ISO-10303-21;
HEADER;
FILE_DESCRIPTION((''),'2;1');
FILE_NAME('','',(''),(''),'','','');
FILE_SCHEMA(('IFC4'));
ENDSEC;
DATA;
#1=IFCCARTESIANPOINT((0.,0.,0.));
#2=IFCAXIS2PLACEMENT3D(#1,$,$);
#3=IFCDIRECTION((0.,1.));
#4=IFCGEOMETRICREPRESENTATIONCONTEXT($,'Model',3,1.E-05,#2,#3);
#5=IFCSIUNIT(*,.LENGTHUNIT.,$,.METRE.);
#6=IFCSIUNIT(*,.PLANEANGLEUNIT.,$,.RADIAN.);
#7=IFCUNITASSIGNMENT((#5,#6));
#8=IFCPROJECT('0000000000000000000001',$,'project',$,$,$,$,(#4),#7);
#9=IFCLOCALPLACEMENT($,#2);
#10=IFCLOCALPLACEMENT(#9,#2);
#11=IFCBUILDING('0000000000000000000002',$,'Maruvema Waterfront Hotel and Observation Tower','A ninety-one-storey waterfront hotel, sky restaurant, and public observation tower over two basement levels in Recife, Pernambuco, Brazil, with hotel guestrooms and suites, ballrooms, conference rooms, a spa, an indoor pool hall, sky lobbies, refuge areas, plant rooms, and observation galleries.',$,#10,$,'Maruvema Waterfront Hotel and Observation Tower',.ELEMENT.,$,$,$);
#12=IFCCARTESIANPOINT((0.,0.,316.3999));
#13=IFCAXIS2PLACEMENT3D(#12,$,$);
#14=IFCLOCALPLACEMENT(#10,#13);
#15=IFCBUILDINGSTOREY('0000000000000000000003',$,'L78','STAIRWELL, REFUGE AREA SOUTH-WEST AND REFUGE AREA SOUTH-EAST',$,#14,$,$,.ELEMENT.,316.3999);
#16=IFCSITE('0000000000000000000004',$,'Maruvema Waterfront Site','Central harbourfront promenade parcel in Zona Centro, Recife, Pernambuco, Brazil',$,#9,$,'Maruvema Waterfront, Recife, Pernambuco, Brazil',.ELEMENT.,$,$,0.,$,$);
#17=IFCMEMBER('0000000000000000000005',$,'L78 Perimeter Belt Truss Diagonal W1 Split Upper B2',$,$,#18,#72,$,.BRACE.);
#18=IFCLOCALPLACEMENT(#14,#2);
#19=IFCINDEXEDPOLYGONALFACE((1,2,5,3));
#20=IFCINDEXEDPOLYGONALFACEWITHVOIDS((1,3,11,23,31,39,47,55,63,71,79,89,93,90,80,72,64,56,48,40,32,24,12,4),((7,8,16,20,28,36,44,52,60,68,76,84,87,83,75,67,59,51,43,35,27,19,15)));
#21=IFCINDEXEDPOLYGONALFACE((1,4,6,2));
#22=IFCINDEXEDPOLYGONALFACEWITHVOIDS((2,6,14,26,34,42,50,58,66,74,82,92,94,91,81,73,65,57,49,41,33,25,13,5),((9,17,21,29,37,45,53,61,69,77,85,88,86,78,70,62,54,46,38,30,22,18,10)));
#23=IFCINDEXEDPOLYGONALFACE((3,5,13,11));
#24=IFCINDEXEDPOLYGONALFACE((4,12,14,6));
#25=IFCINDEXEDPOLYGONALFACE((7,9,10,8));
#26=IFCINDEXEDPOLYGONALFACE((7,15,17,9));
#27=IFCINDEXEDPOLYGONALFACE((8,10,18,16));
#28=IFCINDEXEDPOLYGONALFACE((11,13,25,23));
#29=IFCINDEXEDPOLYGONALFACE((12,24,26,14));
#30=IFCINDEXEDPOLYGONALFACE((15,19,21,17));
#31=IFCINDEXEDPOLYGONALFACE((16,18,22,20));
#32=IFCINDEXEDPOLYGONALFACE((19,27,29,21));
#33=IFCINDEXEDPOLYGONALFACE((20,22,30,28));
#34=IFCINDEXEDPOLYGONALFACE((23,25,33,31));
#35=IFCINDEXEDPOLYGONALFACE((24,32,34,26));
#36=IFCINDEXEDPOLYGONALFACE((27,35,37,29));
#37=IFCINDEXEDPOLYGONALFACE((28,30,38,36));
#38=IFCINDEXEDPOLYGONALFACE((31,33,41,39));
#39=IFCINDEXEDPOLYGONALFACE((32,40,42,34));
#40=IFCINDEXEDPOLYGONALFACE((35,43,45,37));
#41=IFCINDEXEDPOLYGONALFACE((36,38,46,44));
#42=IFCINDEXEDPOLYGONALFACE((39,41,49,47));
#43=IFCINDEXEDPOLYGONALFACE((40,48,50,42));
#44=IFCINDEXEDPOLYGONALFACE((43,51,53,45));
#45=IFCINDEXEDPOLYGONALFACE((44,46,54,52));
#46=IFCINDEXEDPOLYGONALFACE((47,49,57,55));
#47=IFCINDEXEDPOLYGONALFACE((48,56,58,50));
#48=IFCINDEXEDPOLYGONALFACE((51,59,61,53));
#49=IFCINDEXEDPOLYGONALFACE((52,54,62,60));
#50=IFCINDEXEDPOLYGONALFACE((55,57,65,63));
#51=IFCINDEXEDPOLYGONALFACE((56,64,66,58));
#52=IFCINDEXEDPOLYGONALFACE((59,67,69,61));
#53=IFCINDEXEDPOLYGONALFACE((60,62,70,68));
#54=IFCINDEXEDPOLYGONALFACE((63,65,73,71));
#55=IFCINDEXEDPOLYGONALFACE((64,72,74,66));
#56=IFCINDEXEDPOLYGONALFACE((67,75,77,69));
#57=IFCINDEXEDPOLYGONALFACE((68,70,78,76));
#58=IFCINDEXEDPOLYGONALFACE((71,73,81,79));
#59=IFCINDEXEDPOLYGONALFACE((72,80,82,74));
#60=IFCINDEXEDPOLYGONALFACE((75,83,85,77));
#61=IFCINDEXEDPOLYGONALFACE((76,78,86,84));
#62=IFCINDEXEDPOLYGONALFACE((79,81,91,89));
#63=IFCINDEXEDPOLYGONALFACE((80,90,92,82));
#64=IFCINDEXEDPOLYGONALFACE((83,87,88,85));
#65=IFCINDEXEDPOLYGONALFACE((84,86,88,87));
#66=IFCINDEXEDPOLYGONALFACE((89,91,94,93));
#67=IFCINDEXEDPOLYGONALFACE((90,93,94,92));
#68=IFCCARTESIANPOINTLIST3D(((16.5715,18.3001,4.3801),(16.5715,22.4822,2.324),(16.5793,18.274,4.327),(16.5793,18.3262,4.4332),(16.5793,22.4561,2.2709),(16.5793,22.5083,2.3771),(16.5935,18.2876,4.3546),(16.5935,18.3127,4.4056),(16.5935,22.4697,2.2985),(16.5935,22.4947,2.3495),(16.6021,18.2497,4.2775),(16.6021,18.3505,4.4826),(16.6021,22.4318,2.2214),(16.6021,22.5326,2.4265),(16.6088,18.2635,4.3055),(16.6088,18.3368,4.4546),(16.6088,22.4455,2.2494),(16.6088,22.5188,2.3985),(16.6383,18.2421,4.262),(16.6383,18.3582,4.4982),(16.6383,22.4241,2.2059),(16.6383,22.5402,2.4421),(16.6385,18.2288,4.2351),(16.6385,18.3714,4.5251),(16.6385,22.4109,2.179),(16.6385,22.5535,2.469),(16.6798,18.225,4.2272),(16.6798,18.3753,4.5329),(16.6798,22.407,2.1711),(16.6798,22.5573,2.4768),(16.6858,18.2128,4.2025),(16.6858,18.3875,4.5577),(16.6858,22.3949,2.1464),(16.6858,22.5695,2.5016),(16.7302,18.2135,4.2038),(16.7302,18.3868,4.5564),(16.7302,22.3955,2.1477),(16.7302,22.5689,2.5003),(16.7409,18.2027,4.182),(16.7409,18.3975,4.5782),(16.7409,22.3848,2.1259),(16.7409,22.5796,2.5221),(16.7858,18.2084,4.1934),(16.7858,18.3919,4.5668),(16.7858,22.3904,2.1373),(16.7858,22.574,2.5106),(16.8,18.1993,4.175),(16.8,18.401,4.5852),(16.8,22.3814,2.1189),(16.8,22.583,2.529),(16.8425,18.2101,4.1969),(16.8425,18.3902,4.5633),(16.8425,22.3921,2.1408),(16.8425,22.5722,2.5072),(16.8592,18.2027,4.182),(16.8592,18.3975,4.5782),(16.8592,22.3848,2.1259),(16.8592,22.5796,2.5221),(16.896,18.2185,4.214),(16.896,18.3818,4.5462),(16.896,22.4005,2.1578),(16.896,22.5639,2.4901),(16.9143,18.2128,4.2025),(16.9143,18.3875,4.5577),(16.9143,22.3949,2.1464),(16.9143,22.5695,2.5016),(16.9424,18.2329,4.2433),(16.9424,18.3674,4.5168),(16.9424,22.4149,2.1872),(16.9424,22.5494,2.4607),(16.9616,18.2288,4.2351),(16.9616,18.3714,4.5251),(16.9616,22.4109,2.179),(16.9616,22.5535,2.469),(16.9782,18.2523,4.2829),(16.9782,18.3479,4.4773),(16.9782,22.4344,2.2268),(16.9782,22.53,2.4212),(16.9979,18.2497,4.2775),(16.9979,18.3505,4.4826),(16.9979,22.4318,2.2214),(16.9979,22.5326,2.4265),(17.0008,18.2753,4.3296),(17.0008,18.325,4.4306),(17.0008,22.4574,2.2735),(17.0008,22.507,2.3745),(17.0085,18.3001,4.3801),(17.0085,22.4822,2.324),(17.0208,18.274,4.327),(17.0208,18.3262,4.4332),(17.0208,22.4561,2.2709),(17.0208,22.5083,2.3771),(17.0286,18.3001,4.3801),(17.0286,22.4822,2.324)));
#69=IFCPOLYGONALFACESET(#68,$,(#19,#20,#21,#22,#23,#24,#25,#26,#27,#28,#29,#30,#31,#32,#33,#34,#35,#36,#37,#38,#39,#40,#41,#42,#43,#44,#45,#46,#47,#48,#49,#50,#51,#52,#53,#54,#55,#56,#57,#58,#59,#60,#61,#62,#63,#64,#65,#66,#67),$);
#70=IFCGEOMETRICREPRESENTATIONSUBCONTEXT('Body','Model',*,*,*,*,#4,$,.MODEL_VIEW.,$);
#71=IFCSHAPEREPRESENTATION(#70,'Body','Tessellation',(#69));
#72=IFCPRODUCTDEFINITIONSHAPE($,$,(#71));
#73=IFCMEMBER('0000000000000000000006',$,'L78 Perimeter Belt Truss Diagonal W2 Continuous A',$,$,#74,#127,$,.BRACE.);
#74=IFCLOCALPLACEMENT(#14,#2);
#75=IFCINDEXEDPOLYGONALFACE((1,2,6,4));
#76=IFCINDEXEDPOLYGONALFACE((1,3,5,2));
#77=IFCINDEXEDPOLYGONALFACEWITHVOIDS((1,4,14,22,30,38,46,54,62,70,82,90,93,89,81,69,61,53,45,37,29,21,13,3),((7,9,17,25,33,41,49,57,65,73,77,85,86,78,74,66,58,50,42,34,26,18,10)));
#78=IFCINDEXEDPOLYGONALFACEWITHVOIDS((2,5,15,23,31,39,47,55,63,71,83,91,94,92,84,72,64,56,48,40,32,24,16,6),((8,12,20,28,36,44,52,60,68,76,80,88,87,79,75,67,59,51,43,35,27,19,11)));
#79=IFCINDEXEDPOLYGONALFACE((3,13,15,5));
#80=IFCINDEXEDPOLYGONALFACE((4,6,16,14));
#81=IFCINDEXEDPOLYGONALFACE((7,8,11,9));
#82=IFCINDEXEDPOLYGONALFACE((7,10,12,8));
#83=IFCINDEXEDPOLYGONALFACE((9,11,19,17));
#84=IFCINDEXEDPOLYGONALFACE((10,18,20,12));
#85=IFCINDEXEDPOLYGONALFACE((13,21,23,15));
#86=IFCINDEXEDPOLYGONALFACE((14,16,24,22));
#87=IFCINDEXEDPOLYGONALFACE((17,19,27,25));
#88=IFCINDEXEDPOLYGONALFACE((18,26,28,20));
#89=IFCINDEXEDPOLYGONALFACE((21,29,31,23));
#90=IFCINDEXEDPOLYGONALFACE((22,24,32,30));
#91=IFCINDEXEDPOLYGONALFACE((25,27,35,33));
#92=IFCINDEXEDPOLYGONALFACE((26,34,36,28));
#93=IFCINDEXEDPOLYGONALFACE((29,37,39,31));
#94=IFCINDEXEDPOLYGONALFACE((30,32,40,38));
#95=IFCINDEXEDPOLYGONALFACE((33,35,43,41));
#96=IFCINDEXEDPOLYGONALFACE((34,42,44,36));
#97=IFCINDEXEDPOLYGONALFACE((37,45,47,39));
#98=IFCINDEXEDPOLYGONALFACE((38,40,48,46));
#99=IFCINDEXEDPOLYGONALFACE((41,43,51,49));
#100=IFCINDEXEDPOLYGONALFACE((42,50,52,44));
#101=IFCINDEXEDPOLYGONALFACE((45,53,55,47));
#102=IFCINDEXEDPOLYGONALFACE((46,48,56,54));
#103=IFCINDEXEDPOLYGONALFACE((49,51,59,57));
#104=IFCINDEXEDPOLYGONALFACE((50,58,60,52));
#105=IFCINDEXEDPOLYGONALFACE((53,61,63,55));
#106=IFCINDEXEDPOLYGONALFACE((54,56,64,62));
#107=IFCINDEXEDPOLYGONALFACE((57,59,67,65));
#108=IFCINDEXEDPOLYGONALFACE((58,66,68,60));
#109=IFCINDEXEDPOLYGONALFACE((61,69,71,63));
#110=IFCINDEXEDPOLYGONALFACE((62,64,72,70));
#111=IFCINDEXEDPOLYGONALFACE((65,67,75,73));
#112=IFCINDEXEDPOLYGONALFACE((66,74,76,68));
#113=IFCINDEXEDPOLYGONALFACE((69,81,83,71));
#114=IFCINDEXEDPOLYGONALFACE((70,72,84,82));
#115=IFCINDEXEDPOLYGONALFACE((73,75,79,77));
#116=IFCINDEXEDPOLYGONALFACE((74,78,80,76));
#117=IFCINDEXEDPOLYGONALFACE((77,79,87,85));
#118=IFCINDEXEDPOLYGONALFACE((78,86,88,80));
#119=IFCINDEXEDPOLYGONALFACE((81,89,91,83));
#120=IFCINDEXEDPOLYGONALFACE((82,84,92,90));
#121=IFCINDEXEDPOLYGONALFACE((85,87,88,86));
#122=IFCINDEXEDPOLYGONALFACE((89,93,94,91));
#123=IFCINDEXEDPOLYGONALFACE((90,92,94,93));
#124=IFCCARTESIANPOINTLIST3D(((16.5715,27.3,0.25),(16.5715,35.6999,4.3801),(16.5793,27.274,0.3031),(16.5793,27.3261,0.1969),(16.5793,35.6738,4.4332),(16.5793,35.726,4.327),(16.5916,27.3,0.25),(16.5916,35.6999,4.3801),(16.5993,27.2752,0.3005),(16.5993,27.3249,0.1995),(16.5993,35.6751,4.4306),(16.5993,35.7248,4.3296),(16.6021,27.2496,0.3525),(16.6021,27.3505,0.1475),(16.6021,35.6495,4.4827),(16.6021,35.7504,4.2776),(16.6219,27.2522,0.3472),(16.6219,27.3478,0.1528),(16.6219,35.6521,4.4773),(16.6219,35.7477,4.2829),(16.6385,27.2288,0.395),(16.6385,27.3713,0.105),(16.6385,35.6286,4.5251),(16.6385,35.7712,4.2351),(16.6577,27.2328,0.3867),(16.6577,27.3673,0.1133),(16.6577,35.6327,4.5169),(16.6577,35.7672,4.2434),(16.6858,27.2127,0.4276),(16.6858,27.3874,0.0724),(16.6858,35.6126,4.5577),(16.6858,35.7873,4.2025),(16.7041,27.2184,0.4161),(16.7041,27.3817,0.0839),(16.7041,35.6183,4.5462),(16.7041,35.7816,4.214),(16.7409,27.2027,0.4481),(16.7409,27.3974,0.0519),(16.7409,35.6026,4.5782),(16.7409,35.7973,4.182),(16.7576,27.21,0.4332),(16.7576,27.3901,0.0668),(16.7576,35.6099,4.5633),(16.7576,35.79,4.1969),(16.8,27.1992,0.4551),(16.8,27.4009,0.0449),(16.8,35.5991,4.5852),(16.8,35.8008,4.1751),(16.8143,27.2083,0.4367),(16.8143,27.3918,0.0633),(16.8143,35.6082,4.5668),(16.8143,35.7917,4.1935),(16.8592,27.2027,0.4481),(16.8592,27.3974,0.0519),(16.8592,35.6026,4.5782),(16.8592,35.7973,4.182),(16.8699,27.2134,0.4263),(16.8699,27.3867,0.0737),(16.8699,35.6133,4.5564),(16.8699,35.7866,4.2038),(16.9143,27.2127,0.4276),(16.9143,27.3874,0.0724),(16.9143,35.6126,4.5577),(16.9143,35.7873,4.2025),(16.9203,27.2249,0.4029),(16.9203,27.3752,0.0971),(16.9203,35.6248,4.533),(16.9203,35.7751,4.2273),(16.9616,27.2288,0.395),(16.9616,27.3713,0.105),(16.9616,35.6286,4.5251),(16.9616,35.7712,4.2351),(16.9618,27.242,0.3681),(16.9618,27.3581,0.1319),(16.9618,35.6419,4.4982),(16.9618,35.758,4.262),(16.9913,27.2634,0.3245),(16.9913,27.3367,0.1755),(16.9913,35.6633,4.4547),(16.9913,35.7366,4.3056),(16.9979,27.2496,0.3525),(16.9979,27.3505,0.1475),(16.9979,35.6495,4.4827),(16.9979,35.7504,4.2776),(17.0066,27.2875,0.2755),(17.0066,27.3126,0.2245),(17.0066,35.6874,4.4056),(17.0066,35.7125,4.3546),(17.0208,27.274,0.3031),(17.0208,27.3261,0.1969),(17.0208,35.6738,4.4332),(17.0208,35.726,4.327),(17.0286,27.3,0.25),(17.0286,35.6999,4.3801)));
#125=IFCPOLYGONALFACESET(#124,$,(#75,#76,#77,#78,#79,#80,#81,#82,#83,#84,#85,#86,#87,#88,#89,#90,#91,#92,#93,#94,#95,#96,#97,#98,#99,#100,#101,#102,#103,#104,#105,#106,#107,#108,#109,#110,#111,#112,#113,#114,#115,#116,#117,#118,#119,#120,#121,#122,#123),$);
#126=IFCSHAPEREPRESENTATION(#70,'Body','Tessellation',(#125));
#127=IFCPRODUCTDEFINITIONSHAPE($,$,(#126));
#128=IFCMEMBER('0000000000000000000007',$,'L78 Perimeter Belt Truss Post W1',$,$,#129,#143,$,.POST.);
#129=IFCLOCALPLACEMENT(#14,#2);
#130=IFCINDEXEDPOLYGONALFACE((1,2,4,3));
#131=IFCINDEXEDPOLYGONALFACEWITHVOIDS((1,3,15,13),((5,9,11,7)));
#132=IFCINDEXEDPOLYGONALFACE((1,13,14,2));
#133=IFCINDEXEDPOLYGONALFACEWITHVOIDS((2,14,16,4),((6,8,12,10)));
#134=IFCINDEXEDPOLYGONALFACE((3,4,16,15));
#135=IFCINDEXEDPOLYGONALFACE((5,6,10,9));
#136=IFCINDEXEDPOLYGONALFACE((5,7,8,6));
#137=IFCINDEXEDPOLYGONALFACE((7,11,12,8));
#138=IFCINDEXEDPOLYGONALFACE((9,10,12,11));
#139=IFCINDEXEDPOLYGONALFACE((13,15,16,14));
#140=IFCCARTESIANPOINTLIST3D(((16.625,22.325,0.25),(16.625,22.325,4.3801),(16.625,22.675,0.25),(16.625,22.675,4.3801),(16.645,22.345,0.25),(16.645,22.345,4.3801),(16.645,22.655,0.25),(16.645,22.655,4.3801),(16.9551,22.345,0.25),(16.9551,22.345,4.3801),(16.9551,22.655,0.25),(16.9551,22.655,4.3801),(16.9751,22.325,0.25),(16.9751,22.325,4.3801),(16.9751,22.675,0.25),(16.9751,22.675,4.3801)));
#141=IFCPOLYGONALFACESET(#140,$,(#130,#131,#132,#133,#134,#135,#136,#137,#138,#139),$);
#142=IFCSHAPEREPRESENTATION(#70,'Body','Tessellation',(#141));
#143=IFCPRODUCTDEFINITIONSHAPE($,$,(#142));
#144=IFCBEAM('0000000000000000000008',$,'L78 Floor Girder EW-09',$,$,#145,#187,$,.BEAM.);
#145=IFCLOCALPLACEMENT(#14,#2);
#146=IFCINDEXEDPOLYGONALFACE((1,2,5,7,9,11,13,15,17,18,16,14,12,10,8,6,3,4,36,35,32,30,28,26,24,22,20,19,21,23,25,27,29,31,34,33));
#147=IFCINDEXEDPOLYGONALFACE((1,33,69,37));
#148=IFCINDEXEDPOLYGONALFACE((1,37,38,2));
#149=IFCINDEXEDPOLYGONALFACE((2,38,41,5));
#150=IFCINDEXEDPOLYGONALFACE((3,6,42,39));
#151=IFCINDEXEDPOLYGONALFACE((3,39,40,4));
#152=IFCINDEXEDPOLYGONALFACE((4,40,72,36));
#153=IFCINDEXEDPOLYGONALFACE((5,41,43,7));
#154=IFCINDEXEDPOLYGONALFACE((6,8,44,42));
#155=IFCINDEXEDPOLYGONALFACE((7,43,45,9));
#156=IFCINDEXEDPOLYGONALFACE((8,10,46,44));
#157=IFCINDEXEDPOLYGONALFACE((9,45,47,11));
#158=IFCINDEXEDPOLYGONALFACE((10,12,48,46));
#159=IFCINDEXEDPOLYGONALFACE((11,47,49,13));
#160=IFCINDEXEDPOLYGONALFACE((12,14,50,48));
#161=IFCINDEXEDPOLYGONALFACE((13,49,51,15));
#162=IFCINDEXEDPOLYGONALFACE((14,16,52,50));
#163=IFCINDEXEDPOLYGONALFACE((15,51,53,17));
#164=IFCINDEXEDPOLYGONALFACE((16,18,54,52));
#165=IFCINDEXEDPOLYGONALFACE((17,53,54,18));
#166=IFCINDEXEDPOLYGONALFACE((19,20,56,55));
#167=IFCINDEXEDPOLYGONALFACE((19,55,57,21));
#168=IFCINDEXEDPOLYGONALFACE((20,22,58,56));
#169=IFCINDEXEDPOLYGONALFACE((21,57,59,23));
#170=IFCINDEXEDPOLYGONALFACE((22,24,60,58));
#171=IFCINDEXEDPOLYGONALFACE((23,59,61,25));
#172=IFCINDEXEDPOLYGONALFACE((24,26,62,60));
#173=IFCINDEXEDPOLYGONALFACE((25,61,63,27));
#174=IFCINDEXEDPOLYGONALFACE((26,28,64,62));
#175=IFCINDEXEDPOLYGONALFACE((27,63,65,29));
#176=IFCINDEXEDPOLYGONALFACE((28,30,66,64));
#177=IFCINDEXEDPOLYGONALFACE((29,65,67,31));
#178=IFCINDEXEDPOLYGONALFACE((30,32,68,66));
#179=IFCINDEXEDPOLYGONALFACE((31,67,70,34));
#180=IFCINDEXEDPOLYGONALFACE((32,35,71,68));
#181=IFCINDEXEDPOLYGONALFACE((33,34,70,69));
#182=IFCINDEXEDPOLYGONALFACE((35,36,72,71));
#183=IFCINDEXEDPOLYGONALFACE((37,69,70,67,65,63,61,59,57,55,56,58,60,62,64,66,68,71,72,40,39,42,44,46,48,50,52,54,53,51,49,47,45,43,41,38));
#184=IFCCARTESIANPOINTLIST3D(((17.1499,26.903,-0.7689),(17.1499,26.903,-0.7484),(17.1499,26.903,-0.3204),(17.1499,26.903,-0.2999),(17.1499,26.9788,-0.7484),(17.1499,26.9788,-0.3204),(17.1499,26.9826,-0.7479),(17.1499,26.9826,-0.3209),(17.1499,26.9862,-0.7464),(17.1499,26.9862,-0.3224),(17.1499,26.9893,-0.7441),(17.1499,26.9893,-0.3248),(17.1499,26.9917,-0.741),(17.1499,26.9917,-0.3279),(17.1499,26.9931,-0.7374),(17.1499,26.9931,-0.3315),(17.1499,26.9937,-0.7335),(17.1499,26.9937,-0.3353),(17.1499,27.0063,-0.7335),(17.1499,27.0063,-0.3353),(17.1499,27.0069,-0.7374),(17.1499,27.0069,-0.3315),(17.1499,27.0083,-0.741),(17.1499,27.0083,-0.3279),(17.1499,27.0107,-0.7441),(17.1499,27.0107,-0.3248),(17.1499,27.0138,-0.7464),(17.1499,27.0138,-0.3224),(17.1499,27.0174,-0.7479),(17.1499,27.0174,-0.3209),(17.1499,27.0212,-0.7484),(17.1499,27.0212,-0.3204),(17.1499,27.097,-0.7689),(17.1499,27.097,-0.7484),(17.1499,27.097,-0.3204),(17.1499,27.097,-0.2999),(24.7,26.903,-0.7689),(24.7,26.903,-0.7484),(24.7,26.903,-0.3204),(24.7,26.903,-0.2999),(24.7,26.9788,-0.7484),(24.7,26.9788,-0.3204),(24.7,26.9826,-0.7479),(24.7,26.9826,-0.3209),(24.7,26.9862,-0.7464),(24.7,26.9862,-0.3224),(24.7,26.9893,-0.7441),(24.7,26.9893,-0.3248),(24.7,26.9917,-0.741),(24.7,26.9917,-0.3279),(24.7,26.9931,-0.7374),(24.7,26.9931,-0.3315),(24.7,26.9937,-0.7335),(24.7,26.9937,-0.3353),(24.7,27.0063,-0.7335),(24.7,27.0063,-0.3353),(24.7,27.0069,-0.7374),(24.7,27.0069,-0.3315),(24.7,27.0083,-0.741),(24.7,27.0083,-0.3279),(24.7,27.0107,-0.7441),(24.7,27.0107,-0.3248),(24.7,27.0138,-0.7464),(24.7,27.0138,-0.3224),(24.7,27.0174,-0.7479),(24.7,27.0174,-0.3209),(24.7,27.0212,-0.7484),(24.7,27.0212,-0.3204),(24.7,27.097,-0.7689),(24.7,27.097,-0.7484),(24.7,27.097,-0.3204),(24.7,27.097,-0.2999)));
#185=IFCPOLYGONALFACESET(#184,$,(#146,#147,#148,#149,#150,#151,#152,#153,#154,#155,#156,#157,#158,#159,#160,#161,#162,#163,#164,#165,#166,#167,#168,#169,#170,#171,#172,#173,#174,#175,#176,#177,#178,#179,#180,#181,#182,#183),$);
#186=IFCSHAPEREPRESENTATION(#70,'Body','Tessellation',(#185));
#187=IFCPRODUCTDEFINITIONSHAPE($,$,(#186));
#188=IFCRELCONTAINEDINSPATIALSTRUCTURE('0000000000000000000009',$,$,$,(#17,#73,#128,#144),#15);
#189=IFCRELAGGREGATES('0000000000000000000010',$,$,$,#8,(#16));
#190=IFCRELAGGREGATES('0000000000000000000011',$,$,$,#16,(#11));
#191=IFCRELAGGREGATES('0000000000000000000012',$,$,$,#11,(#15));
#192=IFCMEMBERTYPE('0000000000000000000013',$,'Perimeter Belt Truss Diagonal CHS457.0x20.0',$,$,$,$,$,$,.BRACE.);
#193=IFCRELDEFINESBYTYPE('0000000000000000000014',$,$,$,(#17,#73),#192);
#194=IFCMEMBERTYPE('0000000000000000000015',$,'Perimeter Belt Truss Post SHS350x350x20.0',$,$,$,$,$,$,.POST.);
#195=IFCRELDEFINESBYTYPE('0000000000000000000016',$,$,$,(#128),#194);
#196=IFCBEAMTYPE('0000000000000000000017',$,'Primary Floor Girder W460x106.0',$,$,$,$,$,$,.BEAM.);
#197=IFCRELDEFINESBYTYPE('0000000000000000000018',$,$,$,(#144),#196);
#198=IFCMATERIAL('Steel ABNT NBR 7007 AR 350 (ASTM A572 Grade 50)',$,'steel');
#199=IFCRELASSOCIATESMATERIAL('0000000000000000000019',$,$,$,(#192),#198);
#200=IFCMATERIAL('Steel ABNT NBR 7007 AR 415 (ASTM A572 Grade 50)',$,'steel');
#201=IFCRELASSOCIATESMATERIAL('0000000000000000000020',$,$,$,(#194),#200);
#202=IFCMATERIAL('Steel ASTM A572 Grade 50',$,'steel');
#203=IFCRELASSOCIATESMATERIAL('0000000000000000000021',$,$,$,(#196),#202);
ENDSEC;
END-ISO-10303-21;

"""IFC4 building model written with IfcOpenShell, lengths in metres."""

from ifc_helpers import new_model, si_unit, direction, frame, origin, origin_2d, place, context, subcontext, project, spatial, hollow_rectangle, hollow_circle, i_section, extrude, material, material_profile, profile_set, type_object, element, save


model = new_model("IFC4")

# Units and contexts
model_context = context("Model", 3, precision=1e-05, world=origin(), true_north=direction((0.0, 1.0)))
body_context = subcontext(model_context, "Body", "Model", "MODEL_VIEW")
ifc_project = project(units=[si_unit("LENGTHUNIT", "METRE"), si_unit("PLANEANGLEUNIT", "RADIAN")], contexts=[model_context])

# Site, building, storey
site_placement = place(None, origin())
site = spatial("IfcSite", under=ifc_project, at=site_placement, Name="Maruvema Waterfront Site", Description="Central harbourfront promenade parcel in Zona Centro, Recife, Pernambuco, Brazil", LongName="Maruvema Waterfront, Recife, Pernambuco, Brazil", CompositionType="ELEMENT", RefElevation=0.0)
building_placement = place(site_placement, origin())
building = spatial("IfcBuilding", under=site, at=building_placement, Name="Maruvema Waterfront Hotel and Observation Tower", Description="A ninety-one-storey waterfront hotel, sky restaurant, and public observation tower over two basement levels in Recife, Pernambuco, Brazil, with hotel guestrooms and suites, ballrooms, conference rooms, a spa, an indoor pool hall, sky lobbies, refuge areas, plant rooms, and observation galleries.", LongName="Maruvema Waterfront Hotel and Observation Tower", CompositionType="ELEMENT")
storey_placement = place(building_placement, frame((0.0, 0.0, 316.3999)))
storey = spatial("IfcBuildingStorey", under=building, at=storey_placement, Name="L78", Description="STAIRWELL, REFUGE AREA SOUTH-WEST AND REFUGE AREA SOUTH-EAST", CompositionType="ELEMENT", Elevation=316.3999)

# Members
ifc_material_1 = material(Name="Steel ABNT NBR 7007 AR 350 (ASTM A572 Grade 50)", Category="steel")
ifc_material_profile_1 = material_profile(ifc_material_1, hollow_circle(Radius=0.2285, WallThickness=0.02, at=origin_2d()), Name="CHS457.0x20.0")
ifc_profile_set_1 = profile_set([ifc_material_profile_1], Name="Steel ABNT NBR 7007 AR 350 (ASTM A572 Grade 50)")
member_type_1 = type_object("IfcMemberType", Name="Perimeter Belt Truss Diagonal CHS457.0x20.0", PredefinedType="BRACE", material=ifc_profile_set_1)
member_1_placement = place(storey_placement, frame((16.8, 22.4822, 2.324), z_axis=(0.0, -0.897404, 0.44121), x_axis=(1.0, 0.0, 0.0)))
element("IfcMember", 1, at=member_1_placement, inside=storey, type_object=member_type_1, Name="L78 Perimeter Belt Truss Diagonal W1 Split Upper B2", PredefinedType="BRACE", context=body_context, shape_type="SweptSolid", body=[
    extrude(hollow_circle(Radius=0.2285, WallThickness=0.02, at=origin_2d()), origin(), (0.0, 0.0, 1.0), 4.6602),
])
member_2_placement = place(storey_placement, frame((16.8, 27.3, 0.25), z_axis=(0.0, 0.897391, 0.441236), x_axis=(-1.0, 0.0, 0.0)))
element("IfcMember", 2, at=member_2_placement, inside=storey, type_object=member_type_1, Name="L78 Perimeter Belt Truss Diagonal W2 Continuous A", PredefinedType="BRACE", context=body_context, shape_type="SweptSolid", body=[
    extrude(hollow_circle(Radius=0.2285, WallThickness=0.02, at=origin_2d()), origin(), (0.0, 0.0, 1.0), 9.3604),
])
ifc_material_2 = material(Name="Steel ABNT NBR 7007 AR 415 (ASTM A572 Grade 50)", Category="steel")
ifc_material_profile_2 = material_profile(ifc_material_2, hollow_rectangle(XDim=0.3501, YDim=0.3501, WallThickness=0.02, at=origin_2d()), Name="SHS350x350x20.0")
ifc_profile_set_2 = profile_set([ifc_material_profile_2], Name="Steel ABNT NBR 7007 AR 415 (ASTM A572 Grade 50)")
member_type_2 = type_object("IfcMemberType", Name="Perimeter Belt Truss Post SHS350x350x20.0", PredefinedType="POST", material=ifc_profile_set_2)
member_3_placement = place(storey_placement, frame((16.8, 22.5, 0.25), z_axis=(0.0, 0.0, 1.0), x_axis=(1.0, 0.0, 0.0)))
element("IfcMember", 3, at=member_3_placement, inside=storey, type_object=member_type_2, Name="L78 Perimeter Belt Truss Post W1", PredefinedType="POST", context=body_context, shape_type="SweptSolid", body=[
    extrude(hollow_rectangle(XDim=0.3501, YDim=0.3501, WallThickness=0.02, at=origin_2d()), origin(), (0.0, 0.0, 1.0), 4.1301),
])

# Beam
ifc_material_3 = material(Name="Steel ASTM A572 Grade 50", Category="steel")
ifc_material_profile_3 = material_profile(ifc_material_3, i_section(OverallWidth=0.1941, OverallDepth=0.469, WebThickness=0.0127, FlangeThickness=0.0205, FilletRadius=0.0149, at=origin_2d()), Name="W460x106.0")
ifc_profile_set_3 = profile_set([ifc_material_profile_3], Name="Steel ASTM A572 Grade 50")
beam_type_1 = type_object("IfcBeamType", Name="Primary Floor Girder W460x106.0", PredefinedType="BEAM", material=ifc_profile_set_3)
beam_1_placement = place(storey_placement, frame((17.1499, 27.0, -0.5344), z_axis=(1.0, 0.0, 0.0), x_axis=(0.0, 1.0, 0.0)))
element("IfcBeam", 4, at=beam_1_placement, inside=storey, type_object=beam_type_1, Name="L78 Floor Girder EW-09", PredefinedType="BEAM", context=body_context, shape_type="SweptSolid", body=[
    extrude(i_section(OverallWidth=0.1941, OverallDepth=0.469, WebThickness=0.0127, FlangeThickness=0.0205, FilletRadius=0.0149, at=origin_2d()), origin(), (0.0, 0.0, 1.0), 7.55),
])

save(model, "model.ifc")
